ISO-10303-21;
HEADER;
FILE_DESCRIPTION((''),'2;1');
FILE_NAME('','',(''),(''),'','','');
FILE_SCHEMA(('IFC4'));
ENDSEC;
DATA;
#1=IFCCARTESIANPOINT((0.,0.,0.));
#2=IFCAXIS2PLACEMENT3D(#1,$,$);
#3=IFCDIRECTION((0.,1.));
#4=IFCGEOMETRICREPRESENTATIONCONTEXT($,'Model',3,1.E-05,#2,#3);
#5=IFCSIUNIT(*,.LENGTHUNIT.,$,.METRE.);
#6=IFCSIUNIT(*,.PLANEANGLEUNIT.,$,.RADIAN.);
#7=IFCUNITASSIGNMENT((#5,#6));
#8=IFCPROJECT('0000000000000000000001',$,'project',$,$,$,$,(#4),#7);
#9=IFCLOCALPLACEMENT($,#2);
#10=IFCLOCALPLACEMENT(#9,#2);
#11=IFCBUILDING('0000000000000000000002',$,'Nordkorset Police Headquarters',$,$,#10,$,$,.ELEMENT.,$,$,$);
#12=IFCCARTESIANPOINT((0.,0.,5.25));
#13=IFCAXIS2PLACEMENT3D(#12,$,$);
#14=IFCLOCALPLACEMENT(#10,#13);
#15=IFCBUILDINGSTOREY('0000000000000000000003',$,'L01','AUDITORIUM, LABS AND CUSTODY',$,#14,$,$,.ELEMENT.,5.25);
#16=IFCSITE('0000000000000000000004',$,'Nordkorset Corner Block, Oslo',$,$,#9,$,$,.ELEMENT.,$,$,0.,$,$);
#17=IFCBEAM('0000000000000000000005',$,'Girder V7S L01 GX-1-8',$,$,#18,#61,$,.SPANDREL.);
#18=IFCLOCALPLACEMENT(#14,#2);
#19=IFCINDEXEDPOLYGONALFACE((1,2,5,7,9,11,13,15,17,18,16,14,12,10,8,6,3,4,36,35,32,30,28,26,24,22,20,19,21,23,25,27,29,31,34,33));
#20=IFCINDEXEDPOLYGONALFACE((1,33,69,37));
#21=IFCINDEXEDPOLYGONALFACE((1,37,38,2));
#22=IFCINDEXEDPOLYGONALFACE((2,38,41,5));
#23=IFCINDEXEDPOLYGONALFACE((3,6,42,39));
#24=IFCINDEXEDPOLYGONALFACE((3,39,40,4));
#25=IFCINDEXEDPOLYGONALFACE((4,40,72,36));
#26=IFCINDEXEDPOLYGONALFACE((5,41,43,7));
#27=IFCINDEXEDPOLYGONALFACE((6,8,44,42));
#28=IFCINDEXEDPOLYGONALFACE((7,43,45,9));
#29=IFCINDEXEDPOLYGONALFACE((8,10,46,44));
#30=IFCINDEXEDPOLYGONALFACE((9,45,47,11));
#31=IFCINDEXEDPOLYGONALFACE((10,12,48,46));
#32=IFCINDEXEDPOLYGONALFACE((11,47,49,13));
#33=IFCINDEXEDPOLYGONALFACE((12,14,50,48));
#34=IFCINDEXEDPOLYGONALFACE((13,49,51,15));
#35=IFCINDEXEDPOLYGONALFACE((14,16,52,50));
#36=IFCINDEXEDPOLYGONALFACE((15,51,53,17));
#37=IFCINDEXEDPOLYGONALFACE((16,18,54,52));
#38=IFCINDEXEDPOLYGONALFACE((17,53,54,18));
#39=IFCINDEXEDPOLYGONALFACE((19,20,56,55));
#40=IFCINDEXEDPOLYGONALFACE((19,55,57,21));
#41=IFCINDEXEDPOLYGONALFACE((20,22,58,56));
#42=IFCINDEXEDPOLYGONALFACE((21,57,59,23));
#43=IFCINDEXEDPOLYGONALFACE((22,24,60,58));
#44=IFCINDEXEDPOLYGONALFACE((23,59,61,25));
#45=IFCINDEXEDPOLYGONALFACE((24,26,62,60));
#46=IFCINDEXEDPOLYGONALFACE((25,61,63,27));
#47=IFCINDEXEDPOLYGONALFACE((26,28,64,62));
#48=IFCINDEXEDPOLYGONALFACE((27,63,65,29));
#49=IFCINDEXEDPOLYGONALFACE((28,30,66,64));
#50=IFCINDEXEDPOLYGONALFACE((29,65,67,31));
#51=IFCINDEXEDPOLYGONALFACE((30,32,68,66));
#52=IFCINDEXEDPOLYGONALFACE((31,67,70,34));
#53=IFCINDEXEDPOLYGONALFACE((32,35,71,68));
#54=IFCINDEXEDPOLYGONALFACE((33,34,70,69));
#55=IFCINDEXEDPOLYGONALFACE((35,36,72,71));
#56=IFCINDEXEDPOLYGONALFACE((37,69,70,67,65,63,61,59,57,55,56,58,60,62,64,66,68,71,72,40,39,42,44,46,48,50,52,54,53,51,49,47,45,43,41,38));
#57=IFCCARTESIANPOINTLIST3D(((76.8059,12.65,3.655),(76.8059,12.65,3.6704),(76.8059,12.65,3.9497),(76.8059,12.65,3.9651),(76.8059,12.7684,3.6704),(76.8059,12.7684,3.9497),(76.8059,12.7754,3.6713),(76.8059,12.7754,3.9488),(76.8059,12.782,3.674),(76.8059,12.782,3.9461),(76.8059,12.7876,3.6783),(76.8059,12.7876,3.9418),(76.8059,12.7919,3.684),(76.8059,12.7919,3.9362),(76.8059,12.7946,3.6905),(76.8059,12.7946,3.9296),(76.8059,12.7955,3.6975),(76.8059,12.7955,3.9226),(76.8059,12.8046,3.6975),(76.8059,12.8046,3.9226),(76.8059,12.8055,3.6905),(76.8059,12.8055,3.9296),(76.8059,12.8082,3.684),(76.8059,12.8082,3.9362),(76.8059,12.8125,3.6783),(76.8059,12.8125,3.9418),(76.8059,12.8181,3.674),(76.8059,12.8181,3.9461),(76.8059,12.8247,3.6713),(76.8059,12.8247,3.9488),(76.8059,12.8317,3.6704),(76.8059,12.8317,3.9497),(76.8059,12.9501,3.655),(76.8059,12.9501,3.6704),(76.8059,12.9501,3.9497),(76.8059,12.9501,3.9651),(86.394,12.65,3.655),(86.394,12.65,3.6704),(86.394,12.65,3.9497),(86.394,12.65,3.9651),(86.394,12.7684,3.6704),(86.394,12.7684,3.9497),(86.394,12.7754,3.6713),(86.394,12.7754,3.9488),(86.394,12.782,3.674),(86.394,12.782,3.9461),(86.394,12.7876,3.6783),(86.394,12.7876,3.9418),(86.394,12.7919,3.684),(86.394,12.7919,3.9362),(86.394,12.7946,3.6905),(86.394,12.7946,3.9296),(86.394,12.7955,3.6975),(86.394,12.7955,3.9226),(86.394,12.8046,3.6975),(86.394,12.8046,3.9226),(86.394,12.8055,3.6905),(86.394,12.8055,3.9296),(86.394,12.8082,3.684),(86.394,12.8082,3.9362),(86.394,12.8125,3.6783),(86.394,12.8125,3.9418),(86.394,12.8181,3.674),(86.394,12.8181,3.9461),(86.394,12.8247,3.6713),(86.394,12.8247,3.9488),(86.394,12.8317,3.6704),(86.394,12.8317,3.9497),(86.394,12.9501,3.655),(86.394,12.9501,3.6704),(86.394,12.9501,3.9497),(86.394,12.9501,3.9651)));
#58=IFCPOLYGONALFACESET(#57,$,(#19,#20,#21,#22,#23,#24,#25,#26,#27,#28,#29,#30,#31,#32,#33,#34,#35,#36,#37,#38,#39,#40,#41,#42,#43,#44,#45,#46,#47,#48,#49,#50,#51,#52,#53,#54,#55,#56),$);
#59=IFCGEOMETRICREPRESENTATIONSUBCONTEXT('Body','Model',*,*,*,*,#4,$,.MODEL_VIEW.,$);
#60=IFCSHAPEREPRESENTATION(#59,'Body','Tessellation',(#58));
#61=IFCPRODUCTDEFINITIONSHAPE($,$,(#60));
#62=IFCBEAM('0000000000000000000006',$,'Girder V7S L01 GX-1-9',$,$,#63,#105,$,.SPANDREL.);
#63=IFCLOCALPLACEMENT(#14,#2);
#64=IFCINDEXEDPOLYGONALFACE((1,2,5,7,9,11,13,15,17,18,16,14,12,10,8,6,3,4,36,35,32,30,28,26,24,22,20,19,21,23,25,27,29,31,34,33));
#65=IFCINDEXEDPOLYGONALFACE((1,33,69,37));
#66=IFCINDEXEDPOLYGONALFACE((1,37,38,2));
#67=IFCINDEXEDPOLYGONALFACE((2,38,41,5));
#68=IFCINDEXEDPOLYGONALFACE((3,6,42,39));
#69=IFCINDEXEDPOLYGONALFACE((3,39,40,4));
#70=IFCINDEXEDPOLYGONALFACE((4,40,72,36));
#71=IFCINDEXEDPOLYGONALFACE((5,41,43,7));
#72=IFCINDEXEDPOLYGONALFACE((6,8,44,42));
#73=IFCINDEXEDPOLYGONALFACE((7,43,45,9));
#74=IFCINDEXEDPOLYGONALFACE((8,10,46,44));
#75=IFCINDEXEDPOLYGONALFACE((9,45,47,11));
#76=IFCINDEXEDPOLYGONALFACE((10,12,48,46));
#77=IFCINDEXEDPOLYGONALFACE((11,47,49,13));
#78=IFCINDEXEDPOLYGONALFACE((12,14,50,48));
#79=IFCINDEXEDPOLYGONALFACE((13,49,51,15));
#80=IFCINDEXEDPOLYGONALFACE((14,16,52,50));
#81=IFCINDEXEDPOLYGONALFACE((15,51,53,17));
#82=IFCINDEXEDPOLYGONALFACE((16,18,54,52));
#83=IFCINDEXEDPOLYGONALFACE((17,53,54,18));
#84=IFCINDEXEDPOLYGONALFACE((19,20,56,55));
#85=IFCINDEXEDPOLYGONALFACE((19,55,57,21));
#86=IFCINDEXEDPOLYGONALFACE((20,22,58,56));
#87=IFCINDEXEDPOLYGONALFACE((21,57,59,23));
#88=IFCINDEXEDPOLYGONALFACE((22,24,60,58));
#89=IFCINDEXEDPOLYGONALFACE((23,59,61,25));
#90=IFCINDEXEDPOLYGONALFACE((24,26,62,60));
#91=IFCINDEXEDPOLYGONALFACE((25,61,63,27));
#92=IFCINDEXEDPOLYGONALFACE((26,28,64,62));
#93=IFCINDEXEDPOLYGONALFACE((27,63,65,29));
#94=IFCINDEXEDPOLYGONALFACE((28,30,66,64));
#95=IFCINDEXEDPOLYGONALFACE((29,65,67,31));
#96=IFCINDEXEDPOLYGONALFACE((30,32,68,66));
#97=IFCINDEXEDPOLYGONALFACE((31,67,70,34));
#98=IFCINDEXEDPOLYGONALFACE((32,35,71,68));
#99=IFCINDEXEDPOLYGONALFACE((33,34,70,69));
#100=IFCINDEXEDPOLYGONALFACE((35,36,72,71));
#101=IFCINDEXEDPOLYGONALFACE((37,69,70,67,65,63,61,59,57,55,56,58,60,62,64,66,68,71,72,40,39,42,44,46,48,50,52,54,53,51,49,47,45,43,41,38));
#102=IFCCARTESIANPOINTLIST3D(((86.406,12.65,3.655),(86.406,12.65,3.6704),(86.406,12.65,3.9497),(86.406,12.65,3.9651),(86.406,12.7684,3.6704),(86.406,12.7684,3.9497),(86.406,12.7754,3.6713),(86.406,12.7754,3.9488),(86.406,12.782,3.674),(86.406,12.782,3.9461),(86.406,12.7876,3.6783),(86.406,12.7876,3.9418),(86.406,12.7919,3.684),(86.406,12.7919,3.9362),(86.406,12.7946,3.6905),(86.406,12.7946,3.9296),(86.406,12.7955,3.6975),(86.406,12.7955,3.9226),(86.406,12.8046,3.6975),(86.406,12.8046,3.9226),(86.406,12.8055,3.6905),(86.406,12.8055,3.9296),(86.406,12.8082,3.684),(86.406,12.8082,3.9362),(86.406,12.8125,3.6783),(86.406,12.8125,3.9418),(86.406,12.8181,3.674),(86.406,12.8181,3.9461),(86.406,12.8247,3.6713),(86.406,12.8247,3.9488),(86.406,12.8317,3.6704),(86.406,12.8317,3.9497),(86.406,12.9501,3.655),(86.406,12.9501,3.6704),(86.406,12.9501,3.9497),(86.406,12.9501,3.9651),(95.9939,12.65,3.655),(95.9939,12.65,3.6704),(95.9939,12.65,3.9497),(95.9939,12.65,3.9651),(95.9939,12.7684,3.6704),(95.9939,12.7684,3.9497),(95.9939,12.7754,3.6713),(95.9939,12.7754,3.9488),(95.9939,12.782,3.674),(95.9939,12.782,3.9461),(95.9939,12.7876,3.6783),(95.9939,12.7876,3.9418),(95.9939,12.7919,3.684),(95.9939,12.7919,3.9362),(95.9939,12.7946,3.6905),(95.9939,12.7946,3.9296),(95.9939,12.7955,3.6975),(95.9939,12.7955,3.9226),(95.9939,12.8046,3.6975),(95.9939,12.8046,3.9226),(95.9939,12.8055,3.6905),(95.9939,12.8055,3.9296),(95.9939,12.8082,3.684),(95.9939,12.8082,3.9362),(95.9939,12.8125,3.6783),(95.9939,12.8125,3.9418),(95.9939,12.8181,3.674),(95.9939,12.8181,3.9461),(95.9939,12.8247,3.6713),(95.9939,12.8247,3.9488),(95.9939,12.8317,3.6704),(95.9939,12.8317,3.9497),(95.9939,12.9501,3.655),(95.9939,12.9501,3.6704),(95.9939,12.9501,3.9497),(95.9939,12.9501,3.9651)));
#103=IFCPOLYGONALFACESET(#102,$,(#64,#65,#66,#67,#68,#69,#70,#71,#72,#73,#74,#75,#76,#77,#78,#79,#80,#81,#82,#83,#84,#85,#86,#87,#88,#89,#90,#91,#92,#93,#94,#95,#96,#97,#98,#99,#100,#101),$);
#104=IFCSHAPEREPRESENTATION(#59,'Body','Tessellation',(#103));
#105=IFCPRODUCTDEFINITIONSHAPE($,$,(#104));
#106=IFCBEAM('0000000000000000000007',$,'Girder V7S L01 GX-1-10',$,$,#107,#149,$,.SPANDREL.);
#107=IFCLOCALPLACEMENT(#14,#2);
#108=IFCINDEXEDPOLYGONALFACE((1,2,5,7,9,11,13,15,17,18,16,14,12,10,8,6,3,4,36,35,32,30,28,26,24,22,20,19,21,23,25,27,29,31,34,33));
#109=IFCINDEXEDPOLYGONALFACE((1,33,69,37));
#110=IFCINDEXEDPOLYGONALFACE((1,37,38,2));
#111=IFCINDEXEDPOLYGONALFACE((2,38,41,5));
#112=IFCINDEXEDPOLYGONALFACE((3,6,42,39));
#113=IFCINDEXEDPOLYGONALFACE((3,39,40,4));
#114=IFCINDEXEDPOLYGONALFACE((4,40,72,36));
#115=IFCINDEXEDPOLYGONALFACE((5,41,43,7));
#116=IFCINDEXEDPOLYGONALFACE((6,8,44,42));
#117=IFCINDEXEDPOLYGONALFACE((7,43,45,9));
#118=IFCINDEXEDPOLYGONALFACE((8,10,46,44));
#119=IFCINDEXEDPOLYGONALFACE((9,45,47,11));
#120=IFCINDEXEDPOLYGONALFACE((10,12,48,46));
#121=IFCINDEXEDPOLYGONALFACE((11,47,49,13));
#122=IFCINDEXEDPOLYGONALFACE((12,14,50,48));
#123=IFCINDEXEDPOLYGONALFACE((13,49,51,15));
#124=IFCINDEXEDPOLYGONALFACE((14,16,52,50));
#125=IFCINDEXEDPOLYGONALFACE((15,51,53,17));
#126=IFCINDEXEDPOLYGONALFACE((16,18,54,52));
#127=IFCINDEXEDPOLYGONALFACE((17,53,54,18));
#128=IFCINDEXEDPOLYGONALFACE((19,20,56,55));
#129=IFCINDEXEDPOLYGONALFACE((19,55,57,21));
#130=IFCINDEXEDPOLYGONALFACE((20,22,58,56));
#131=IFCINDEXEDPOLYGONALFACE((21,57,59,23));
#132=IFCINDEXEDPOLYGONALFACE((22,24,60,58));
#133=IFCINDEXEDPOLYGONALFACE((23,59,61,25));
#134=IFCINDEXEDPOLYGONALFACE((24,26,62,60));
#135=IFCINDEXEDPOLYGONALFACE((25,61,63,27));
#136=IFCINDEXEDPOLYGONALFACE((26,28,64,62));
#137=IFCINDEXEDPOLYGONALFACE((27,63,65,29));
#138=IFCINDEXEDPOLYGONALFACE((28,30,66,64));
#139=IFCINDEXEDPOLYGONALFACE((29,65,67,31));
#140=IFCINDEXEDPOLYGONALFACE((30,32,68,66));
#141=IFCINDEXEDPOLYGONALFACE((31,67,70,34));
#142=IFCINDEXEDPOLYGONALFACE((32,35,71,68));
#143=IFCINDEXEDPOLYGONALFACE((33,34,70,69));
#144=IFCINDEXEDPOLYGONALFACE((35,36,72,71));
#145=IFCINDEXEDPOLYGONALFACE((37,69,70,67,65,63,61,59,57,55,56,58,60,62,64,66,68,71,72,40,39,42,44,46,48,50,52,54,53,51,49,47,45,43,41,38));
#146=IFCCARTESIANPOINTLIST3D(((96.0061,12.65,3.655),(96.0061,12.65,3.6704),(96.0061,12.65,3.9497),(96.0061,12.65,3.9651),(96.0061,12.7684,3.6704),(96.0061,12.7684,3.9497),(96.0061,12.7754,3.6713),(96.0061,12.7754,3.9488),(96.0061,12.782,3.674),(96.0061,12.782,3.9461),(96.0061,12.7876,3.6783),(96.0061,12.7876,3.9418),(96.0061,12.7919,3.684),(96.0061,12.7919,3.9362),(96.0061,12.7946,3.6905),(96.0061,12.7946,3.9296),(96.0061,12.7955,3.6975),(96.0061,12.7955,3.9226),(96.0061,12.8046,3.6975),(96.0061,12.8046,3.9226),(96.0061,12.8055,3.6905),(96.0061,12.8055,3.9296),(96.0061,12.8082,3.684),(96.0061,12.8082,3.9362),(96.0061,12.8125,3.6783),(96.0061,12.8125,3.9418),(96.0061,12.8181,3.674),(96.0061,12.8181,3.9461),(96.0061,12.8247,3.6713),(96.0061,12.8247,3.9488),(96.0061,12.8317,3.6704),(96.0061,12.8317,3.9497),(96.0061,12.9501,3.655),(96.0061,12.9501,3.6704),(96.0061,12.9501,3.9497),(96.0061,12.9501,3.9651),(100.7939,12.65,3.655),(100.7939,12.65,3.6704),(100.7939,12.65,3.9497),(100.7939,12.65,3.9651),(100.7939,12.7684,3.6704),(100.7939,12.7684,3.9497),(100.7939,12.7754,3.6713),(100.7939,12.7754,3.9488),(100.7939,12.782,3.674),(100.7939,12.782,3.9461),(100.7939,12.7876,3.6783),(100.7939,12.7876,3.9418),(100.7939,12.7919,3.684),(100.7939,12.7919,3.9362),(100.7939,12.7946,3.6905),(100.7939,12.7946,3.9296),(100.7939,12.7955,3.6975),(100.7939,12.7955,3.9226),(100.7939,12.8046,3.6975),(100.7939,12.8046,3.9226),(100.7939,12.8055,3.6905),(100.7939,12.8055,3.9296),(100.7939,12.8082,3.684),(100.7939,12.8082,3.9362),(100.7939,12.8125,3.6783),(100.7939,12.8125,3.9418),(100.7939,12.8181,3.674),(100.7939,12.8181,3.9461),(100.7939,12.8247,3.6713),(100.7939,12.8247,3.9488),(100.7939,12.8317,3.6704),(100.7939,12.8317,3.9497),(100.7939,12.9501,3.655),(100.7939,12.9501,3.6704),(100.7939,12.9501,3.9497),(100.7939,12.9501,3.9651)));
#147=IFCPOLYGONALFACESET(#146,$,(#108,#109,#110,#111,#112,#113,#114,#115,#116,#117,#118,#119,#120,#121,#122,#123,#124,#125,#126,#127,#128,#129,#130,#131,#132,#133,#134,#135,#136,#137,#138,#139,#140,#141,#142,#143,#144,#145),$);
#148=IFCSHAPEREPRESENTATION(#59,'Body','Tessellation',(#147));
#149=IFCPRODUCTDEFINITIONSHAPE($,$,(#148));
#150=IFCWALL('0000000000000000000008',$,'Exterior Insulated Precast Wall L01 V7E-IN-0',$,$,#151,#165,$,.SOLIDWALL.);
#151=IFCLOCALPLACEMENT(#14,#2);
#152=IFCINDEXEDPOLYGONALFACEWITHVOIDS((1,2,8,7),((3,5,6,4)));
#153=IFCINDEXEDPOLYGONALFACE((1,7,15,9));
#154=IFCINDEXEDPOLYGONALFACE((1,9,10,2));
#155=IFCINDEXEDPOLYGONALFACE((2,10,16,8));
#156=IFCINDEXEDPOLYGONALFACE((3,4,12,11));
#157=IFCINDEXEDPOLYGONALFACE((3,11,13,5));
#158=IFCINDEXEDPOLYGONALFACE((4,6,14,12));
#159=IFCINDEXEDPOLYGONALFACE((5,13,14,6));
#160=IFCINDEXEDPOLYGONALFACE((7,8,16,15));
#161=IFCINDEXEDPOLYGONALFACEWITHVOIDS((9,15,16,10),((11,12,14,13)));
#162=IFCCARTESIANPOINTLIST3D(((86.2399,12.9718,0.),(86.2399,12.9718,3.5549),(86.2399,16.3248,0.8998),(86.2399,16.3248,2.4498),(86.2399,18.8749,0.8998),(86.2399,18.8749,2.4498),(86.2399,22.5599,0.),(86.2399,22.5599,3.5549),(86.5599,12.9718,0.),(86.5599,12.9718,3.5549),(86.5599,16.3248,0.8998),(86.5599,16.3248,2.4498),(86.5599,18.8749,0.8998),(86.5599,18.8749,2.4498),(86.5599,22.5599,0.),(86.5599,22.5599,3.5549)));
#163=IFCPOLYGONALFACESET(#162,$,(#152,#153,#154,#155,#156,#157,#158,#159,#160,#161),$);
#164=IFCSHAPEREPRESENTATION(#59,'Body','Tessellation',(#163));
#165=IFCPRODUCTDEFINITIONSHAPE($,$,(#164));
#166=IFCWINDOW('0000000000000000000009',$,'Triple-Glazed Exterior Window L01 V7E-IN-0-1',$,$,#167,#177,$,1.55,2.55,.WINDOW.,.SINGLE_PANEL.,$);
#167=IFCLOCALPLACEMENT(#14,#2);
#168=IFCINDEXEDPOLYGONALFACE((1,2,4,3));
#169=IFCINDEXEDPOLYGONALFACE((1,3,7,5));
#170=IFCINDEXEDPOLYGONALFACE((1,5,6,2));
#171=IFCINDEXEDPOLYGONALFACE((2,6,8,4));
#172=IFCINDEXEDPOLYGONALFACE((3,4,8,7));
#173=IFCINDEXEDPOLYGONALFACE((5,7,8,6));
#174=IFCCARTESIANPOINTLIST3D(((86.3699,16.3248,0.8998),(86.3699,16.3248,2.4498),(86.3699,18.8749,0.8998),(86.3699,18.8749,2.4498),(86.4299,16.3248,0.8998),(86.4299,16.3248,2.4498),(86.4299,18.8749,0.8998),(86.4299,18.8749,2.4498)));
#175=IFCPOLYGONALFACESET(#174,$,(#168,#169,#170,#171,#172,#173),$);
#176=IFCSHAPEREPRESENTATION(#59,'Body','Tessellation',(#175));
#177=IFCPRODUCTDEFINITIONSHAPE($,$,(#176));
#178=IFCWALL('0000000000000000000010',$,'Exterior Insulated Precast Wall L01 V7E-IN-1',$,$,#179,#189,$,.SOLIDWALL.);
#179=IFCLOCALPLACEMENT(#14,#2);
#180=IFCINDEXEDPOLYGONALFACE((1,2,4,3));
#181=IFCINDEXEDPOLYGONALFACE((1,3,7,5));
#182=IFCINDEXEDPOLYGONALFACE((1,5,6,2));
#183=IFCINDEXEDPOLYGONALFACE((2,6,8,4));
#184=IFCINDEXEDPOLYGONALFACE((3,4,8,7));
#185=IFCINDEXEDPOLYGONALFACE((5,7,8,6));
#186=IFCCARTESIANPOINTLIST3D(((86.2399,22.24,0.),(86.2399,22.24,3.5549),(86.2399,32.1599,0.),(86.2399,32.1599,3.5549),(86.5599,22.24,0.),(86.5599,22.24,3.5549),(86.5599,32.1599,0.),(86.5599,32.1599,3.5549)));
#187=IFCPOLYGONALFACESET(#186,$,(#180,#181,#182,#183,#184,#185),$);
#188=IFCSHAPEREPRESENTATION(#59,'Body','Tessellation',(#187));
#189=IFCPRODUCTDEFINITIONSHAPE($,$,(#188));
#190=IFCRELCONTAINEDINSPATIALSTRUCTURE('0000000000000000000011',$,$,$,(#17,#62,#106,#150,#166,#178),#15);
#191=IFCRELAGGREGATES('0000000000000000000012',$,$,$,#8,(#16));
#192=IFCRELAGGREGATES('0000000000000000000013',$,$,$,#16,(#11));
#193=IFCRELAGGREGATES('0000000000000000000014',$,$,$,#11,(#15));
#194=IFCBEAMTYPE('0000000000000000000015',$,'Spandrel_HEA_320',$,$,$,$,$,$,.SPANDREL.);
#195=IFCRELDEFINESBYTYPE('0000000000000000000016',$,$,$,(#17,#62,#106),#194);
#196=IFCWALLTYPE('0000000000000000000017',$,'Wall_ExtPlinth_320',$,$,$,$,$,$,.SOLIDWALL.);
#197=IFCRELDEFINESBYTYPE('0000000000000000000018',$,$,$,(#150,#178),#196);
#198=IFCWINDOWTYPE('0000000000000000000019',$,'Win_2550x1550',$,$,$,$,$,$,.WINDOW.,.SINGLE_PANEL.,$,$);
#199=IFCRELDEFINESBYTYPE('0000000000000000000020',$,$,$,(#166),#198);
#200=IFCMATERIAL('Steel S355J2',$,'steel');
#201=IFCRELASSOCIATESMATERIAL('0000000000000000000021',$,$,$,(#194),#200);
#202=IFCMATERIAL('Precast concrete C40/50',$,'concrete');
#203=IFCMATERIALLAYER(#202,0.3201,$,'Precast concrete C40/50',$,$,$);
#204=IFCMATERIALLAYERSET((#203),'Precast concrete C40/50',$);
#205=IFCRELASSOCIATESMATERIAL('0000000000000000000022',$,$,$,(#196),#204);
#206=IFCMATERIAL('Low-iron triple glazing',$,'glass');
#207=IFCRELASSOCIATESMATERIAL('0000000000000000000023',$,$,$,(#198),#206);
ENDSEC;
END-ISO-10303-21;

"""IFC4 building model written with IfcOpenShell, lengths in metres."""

from ifc_helpers import new_model, si_unit, direction, frame, frame_2d, origin, origin_2d, place, context, subcontext, project, spatial, rectangle, i_section, extrude, material, layer, layer_set, material_profile, profile_set, type_object, element, fill, save


model = new_model("IFC4")

# Units and contexts
model_context = context("Model", 3, precision=1e-05, world=origin(), true_north=direction((0.0, 1.0)))
body_context = subcontext(model_context, "Body", "Model", "MODEL_VIEW")
ifc_project = project(units=[si_unit("LENGTHUNIT", "METRE"), si_unit("PLANEANGLEUNIT", "RADIAN")], contexts=[model_context])

# Site, building, storey
site_placement = place(None, origin())
site = spatial("IfcSite", under=ifc_project, at=site_placement, Name="Nordkorset Corner Block, Oslo", CompositionType="ELEMENT", RefElevation=0.0)
building_placement = place(site_placement, origin())
building = spatial("IfcBuilding", under=site, at=building_placement, Name="Nordkorset Police Headquarters", CompositionType="ELEMENT")
storey_placement = place(building_placement, frame((0.0, 0.0, 5.25)))
storey = spatial("IfcBuildingStorey", under=building, at=storey_placement, Name="L01", Description="AUDITORIUM, LABS AND CUSTODY", CompositionType="ELEMENT", Elevation=5.25)

# Beams
ifc_material_1 = material(Name="Steel S355J2", Category="steel")
ifc_material_profile_1 = material_profile(ifc_material_1, i_section(OverallWidth=0.3, OverallDepth=0.3101, WebThickness=0.009, FlangeThickness=0.0154, FilletRadius=0.0271, at=origin_2d()), Name="HEA 320")
ifc_profile_set_1 = profile_set([ifc_material_profile_1], Name="Steel S355J2")
beam_type_1 = type_object("IfcBeamType", Name="Spandrel_HEA_320", PredefinedType="SPANDREL", material=ifc_profile_set_1)
beam_1_placement = place(storey_placement, frame((76.8059, 12.8, 3.8101), z_axis=(1.0, 0.0, 0.0), x_axis=(0.0, 1.0, 0.0)))
element("IfcBeam", 1, at=beam_1_placement, inside=storey, type_object=beam_type_1, Name="Girder V7S L01 GX-1-8", PredefinedType="SPANDREL", context=body_context, shape_type="SweptSolid", body=[
    extrude(i_section(OverallWidth=0.3, OverallDepth=0.3101, WebThickness=0.009, FlangeThickness=0.0154, FilletRadius=0.0271, at=origin_2d()), origin(), (0.0, 0.0, 1.0), 9.5881),
])
beam_2_placement = place(storey_placement, frame((86.406, 12.8, 3.8101), z_axis=(1.0, 0.0, 0.0), x_axis=(0.0, 1.0, 0.0)))
element("IfcBeam", 2, at=beam_2_placement, inside=storey, type_object=beam_type_1, Name="Girder V7S L01 GX-1-9", PredefinedType="SPANDREL", context=body_context, shape_type="SweptSolid", body=[
    extrude(i_section(OverallWidth=0.3, OverallDepth=0.3101, WebThickness=0.009, FlangeThickness=0.0154, FilletRadius=0.0271, at=origin_2d()), origin(), (0.0, 0.0, 1.0), 9.5879),
])
beam_3_placement = place(storey_placement, frame((96.0061, 12.8, 3.8101), z_axis=(1.0, 0.0, 0.0), x_axis=(0.0, 1.0, 0.0)))
element("IfcBeam", 3, at=beam_3_placement, inside=storey, type_object=beam_type_1, Name="Girder V7S L01 GX-1-10", PredefinedType="SPANDREL", context=body_context, shape_type="SweptSolid", body=[
    extrude(i_section(OverallWidth=0.3, OverallDepth=0.3101, WebThickness=0.009, FlangeThickness=0.0154, FilletRadius=0.0271, at=origin_2d()), origin(), (0.0, 0.0, 1.0), 4.7878),
])

# Wall, opening, window
ifc_material_2 = material(Name="Precast concrete C40/50", Category="concrete")
ifc_layer_1 = layer(ifc_material_2, 0.3201, Name="Precast concrete C40/50")
ifc_layer_set_1 = layer_set([ifc_layer_1], Name="Precast concrete C40/50")
wall_type_1 = type_object("IfcWallType", Name="Wall_ExtPlinth_320", PredefinedType="SOLIDWALL", material=ifc_layer_set_1)
wall_1_placement = place(storey_placement, frame((86.3999, 12.9719, 0.0), z_axis=(0.0, 0.0, 1.0), x_axis=(0.0, 1.0, 0.0)))
wall_1 = element("IfcWall", 4, at=wall_1_placement, inside=storey, type_object=wall_type_1, Name="Exterior Insulated Precast Wall L01 V7E-IN-0", PredefinedType="SOLIDWALL", context=body_context, shape_type="SweptSolid", body=[
    extrude(rectangle(XDim=9.5881, YDim=0.3201, at=frame_2d((4.7939, 0.0))), origin(), (0.0, 0.0, 1.0), 3.5549),
])
opening_1_placement = place(wall_1_placement, frame((3.353, 0.0, 0.8999)))
opening_1 = element("IfcOpeningElement", 5, at=opening_1_placement, cuts=wall_1, PredefinedType="OPENING", context=body_context, shape_type="SweptSolid", body=[
    extrude(rectangle(XDim=2.55, YDim=1.55, at=frame_2d((1.2749, 0.7749))), frame((0.0, 0.1699, 0.0), z_axis=(0.0, -1.0, 0.0), x_axis=(1.0, 0.0, 0.0)), (0.0, 0.0, 1.0), 0.3401),
])
ifc_material_3 = material(Name="Low-iron triple glazing", Category="glass")
window_type_1 = type_object("IfcWindowType", Name="Win_2550x1550", PartitioningType="SINGLE_PANEL", PredefinedType="WINDOW", material=ifc_material_3)
window_1_placement = place(opening_1_placement, origin())
window_1 = element("IfcWindow", 6, at=window_1_placement, inside=storey, type_object=window_type_1, Name="Triple-Glazed Exterior Window L01 V7E-IN-0-1", OverallHeight=1.55, OverallWidth=2.55, PartitioningType="SINGLE_PANEL", PredefinedType="WINDOW", context=body_context, shape_type="SweptSolid", body=[
    extrude(rectangle(XDim=2.55, YDim=1.55, at=frame_2d((1.2749, 0.7749))), frame((0.0, 0.03, 0.0), z_axis=(0.0, -1.0, 0.0), x_axis=(1.0, 0.0, 0.0)), (0.0, 0.0, 1.0), 0.0601),
])
fill(opening_1, window_1)

# Wall
wall_2_placement = place(storey_placement, frame((86.3999, 22.24, 0.0), z_axis=(0.0, 0.0, 1.0), x_axis=(0.0, 1.0, 0.0)))
element("IfcWall", 7, at=wall_2_placement, inside=storey, type_object=wall_type_1, Name="Exterior Insulated Precast Wall L01 V7E-IN-1", PredefinedType="SOLIDWALL", context=body_context, shape_type="SweptSolid", body=[
    extrude(rectangle(XDim=9.9199, YDim=0.3201, at=frame_2d((4.96, 0.0))), origin(), (0.0, 0.0, 1.0), 3.5549),
])

save(model, "model.ifc")
